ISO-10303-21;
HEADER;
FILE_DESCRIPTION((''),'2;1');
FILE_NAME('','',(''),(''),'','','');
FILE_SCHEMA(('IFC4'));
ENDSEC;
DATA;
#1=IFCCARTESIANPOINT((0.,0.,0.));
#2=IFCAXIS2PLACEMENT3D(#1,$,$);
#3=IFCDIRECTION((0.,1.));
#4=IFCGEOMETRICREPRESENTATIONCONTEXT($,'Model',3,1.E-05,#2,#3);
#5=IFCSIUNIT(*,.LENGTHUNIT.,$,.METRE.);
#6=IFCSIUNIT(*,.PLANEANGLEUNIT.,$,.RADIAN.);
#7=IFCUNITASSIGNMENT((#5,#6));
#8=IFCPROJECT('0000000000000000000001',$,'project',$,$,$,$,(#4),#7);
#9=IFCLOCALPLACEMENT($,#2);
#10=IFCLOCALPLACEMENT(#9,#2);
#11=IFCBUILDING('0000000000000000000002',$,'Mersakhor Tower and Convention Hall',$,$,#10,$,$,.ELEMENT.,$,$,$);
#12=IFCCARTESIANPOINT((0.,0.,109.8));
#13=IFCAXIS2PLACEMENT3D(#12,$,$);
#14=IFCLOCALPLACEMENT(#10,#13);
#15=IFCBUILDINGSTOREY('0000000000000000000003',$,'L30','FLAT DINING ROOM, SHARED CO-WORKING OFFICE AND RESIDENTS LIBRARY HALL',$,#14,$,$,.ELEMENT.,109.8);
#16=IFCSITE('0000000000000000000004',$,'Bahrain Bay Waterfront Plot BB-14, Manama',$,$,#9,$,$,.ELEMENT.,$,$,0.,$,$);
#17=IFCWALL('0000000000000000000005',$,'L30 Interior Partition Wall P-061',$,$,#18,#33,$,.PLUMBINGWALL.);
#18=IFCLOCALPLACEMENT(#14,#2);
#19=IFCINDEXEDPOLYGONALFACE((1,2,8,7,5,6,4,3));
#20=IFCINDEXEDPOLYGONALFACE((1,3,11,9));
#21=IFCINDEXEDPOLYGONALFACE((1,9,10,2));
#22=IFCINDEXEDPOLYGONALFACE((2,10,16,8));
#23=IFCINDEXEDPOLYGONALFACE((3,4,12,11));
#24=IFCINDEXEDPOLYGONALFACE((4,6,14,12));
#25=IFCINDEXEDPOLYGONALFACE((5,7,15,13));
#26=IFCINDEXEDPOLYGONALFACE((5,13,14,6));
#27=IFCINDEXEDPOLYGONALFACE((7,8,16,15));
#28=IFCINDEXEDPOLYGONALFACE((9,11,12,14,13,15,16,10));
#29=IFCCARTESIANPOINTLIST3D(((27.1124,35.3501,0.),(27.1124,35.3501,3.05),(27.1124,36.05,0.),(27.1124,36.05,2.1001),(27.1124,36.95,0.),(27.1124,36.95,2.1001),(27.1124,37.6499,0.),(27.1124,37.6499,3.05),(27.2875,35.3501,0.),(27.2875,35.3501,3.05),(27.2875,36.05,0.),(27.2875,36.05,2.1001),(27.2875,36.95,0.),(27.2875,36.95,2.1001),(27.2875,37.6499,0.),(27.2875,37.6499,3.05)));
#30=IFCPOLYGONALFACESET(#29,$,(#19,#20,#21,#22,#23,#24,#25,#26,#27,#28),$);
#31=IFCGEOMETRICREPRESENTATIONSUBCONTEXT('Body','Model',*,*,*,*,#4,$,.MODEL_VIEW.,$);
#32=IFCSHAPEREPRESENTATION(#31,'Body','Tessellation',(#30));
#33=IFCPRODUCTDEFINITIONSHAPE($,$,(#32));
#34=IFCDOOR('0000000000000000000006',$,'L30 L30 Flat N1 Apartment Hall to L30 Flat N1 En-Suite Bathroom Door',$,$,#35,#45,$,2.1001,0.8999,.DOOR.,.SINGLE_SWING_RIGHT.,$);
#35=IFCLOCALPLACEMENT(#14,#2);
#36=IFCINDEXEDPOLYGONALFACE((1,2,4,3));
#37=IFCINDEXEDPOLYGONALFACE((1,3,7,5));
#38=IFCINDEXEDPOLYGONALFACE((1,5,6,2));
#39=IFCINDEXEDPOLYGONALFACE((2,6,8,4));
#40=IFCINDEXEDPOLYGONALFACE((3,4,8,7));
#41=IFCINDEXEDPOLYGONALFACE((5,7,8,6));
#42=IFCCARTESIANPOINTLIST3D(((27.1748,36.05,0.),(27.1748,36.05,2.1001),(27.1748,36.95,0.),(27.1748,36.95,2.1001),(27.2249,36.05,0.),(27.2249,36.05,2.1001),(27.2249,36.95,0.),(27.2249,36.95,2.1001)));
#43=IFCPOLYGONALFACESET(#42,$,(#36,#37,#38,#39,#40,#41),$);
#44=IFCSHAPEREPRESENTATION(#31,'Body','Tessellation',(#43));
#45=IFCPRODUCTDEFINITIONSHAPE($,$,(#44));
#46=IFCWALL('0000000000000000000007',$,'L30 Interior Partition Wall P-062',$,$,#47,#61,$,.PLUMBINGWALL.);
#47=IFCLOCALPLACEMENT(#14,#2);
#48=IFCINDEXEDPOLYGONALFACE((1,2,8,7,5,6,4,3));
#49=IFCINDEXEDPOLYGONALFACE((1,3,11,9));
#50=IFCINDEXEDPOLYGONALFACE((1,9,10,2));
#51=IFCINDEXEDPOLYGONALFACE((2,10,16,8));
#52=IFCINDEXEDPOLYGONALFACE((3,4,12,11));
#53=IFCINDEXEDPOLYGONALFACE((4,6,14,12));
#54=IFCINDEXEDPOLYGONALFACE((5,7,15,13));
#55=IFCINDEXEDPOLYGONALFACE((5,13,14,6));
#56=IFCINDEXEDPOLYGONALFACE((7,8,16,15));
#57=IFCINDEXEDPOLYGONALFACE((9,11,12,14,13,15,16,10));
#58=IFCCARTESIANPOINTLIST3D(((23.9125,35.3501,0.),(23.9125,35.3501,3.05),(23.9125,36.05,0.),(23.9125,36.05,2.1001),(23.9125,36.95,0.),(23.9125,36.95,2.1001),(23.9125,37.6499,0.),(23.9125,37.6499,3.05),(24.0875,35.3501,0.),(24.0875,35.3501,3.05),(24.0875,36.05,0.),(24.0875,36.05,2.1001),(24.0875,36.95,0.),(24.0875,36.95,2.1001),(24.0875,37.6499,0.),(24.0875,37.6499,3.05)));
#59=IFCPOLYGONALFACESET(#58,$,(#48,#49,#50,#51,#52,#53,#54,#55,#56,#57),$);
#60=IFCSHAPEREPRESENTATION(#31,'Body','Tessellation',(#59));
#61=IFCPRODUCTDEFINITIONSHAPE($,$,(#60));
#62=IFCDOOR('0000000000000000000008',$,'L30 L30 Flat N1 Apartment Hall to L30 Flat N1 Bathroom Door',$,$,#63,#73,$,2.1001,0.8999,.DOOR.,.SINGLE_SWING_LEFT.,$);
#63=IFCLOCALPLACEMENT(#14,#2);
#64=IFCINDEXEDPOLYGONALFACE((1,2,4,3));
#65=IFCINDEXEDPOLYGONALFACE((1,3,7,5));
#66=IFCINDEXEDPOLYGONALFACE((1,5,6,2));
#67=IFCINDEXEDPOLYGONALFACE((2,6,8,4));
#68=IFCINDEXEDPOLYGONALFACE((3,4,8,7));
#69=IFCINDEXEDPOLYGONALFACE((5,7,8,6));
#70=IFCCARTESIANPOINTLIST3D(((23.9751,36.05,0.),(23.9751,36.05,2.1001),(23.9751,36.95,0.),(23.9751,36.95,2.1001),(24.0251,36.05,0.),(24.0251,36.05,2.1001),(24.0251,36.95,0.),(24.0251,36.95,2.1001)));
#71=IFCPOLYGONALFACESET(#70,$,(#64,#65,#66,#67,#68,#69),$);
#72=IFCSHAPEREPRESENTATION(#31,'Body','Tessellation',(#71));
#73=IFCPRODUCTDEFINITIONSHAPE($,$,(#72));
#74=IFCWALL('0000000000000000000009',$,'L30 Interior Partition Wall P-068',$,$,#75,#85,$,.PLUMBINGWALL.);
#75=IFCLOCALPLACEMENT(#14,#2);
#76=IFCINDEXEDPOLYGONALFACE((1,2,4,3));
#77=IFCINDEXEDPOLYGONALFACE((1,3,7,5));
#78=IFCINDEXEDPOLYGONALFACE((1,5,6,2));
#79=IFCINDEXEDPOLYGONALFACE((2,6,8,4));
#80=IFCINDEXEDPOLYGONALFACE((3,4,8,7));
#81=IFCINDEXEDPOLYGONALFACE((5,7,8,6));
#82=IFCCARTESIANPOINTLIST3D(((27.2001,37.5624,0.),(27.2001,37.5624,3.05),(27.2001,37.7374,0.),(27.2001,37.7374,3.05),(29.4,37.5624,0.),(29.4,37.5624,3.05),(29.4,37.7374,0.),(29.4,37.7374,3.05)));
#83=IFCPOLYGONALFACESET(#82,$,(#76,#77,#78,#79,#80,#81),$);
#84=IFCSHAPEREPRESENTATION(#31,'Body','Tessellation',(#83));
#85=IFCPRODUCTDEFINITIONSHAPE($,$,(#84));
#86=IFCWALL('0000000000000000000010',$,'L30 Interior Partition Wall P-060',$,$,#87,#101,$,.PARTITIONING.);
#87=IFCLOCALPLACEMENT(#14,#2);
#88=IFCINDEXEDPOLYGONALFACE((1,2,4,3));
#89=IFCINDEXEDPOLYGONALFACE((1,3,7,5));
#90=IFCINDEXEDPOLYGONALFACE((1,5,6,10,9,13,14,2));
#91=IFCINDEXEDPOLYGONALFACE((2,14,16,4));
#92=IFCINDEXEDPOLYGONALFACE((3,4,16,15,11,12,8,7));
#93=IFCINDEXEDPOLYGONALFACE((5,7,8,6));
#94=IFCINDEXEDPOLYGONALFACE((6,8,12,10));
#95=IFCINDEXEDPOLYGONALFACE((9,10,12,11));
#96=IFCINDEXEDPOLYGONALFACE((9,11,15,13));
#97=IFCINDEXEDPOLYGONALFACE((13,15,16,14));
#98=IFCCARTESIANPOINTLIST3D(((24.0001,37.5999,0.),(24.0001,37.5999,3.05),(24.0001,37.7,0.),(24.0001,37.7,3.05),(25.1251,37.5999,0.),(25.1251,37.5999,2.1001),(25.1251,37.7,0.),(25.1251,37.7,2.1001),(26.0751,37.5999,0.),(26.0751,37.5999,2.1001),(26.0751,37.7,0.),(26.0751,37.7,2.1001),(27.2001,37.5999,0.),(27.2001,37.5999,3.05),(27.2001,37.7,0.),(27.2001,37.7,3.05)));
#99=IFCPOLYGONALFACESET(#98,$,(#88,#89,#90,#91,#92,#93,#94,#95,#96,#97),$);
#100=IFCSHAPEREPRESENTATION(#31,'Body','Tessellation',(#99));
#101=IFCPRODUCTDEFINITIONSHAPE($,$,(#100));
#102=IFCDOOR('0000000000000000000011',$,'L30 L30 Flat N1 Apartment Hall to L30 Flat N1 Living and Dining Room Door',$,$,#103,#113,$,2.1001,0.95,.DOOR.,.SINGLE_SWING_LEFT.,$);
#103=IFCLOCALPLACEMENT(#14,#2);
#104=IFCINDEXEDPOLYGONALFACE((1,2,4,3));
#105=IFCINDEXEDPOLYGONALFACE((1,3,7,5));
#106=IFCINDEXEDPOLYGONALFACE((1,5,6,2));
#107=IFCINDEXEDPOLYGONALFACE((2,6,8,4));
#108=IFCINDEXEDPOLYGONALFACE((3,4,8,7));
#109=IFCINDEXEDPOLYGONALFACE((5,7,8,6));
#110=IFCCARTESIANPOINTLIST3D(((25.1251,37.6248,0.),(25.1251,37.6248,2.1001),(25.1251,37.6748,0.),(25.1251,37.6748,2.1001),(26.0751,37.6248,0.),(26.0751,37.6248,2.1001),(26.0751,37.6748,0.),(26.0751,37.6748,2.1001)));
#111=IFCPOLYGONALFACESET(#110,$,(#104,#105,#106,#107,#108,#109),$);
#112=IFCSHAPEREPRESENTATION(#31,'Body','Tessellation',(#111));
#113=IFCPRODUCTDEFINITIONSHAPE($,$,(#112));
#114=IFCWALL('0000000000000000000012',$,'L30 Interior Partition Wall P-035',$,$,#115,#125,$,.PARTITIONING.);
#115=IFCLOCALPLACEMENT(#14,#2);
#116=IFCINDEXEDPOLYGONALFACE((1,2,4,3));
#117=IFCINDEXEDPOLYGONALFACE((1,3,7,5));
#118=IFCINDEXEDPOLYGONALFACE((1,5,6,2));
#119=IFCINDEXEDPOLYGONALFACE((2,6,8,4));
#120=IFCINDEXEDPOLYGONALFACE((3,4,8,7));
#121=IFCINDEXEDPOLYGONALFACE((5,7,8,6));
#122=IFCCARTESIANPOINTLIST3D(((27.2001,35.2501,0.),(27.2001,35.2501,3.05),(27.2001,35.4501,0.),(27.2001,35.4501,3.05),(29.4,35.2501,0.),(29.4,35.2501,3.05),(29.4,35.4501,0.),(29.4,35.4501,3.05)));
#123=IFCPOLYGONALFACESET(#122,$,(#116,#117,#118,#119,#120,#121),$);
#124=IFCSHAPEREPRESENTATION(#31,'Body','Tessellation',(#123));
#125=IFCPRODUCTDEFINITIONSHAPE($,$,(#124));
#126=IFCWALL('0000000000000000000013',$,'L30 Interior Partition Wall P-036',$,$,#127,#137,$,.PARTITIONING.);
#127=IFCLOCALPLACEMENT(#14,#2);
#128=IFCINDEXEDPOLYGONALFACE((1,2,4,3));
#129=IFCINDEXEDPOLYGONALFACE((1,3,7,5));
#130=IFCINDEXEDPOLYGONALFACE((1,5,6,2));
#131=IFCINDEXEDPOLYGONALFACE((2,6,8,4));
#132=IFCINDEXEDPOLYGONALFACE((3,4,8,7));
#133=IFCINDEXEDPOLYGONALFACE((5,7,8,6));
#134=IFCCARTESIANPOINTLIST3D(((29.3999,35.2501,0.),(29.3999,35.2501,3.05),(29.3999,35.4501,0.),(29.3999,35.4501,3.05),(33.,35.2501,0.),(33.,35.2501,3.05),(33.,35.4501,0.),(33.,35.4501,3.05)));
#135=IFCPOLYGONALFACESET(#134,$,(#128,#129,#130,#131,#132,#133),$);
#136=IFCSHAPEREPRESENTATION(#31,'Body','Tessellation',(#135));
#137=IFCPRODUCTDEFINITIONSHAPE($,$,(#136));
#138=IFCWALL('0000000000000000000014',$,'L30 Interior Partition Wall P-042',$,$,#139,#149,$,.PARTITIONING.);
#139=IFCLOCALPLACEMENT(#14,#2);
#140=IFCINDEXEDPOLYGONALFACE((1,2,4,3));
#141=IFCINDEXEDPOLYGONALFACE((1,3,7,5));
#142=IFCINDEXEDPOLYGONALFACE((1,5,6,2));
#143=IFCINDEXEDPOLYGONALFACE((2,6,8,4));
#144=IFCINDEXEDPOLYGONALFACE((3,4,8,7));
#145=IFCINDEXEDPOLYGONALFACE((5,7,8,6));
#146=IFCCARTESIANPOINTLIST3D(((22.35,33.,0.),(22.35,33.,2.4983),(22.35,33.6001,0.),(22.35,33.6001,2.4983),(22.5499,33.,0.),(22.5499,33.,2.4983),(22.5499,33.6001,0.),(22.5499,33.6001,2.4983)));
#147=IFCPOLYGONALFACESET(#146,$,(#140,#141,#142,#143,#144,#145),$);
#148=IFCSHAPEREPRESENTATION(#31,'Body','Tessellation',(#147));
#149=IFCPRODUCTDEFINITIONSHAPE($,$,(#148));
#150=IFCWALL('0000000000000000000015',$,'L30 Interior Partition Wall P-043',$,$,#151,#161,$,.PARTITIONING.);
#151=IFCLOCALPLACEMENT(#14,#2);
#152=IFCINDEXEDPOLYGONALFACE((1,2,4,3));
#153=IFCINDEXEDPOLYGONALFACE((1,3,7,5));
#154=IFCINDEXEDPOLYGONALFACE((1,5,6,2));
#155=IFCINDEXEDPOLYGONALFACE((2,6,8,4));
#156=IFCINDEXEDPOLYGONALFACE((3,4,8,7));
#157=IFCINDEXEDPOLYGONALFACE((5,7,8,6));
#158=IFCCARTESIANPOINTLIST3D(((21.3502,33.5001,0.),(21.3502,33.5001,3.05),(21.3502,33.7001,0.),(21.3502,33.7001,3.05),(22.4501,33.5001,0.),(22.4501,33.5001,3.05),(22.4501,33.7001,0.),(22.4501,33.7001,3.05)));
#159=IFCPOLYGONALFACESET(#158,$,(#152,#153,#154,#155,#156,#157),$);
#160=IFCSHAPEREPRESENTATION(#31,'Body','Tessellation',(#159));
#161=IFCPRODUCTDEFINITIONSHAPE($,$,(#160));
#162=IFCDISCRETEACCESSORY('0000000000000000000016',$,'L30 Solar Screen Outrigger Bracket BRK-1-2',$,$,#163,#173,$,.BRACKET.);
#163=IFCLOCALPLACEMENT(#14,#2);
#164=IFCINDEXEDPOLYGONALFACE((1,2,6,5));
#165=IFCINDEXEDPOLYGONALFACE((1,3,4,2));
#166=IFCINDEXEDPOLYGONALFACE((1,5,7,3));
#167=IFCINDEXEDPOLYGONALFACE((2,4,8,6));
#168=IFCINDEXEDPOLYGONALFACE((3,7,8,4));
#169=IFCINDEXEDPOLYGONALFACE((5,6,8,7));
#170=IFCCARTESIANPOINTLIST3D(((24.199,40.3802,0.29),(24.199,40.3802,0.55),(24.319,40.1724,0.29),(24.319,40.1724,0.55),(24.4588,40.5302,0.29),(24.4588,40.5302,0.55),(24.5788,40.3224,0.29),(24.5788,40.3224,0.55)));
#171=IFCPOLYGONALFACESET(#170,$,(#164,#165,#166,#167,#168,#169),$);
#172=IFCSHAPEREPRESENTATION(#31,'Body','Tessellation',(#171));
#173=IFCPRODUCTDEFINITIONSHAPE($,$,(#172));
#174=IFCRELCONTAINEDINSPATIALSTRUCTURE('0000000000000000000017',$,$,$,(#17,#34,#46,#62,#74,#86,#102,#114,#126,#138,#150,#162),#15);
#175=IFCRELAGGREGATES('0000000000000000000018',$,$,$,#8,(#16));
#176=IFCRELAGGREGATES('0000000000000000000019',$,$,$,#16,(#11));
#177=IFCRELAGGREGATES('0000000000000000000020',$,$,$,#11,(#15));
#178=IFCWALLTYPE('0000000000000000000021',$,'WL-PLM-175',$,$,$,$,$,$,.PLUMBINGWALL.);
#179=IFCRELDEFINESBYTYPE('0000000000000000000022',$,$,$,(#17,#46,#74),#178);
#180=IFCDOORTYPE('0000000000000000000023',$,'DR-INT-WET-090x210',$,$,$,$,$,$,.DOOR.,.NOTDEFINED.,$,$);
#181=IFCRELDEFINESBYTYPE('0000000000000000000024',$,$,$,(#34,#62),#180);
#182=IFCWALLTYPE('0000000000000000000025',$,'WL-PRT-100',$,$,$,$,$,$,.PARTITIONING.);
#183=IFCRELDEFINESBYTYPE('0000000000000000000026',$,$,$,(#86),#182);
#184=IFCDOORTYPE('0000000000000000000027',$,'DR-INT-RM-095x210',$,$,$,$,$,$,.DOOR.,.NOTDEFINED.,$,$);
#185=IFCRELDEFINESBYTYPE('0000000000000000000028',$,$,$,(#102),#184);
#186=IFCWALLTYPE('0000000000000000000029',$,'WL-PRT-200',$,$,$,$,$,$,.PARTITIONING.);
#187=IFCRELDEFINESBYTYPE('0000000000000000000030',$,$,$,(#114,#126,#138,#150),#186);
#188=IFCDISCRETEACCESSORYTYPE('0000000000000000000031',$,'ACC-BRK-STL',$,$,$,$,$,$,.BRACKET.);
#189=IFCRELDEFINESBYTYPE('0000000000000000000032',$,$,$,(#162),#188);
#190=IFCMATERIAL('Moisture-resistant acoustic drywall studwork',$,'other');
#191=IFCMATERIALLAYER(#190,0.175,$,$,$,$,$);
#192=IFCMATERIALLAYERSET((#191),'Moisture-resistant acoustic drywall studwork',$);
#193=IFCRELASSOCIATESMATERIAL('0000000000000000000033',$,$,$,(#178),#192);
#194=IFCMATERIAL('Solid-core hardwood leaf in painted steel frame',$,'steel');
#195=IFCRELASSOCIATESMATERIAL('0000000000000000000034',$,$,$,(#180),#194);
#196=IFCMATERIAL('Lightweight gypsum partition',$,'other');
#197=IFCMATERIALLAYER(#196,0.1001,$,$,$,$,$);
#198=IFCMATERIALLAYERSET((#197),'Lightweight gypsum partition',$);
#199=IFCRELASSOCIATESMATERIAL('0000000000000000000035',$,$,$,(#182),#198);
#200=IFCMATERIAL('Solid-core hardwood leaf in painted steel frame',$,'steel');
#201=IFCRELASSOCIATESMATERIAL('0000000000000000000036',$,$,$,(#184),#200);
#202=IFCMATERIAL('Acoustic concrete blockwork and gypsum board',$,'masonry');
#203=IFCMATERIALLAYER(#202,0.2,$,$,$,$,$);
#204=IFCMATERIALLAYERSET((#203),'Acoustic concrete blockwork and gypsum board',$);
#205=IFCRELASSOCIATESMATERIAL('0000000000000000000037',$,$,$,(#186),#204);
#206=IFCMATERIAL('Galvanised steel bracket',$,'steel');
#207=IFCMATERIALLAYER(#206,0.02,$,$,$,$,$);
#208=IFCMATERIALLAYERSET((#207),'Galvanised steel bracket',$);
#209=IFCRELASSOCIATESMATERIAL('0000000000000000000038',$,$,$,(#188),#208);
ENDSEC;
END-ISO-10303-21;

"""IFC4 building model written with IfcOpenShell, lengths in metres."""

from ifc_helpers import new_model, si_unit, direction, frame, frame_2d, origin, origin_2d, place, context, subcontext, project, spatial, rectangle, extrude, material, layer, layer_set, type_object, element, fill, save


model = new_model("IFC4")

# Units and contexts
model_context = context("Model", 3, precision=1e-05, world=origin(), true_north=direction((0.0, 1.0)))
body_context = subcontext(model_context, "Body", "Model", "MODEL_VIEW")
ifc_project = project(units=[si_unit("LENGTHUNIT", "METRE"), si_unit("PLANEANGLEUNIT", "RADIAN")], contexts=[model_context])

# Site, building, storey
site_placement = place(None, origin())
site = spatial("IfcSite", under=ifc_project, at=site_placement, Name="Bahrain Bay Waterfront Plot BB-14, Manama", CompositionType="ELEMENT", RefElevation=0.0)
building_placement = place(site_placement, origin())
building = spatial("IfcBuilding", under=site, at=building_placement, Name="Mersakhor Tower and Convention Hall", CompositionType="ELEMENT")
storey_placement = place(building_placement, frame((0.0, 0.0, 109.8)))
storey = spatial("IfcBuildingStorey", under=building, at=storey_placement, Name="L30", Description="FLAT DINING ROOM, SHARED CO-WORKING OFFICE AND RESIDENTS LIBRARY HALL", CompositionType="ELEMENT", Elevation=109.8)

# Walls, openings, doors
ifc_material_1 = material(Name="Moisture-resistant acoustic drywall studwork", Category="other")
ifc_layer_1 = layer(ifc_material_1, 0.175)
ifc_layer_set_1 = layer_set([ifc_layer_1], Name="Moisture-resistant acoustic drywall studwork")
wall_type_1 = type_object("IfcWallType", Name="WL-PLM-175", PredefinedType="PLUMBINGWALL", material=ifc_layer_set_1)
wall_1_placement = place(storey_placement, frame((27.2, 37.6499, 0.0), z_axis=(0.0, 0.0, 1.0), x_axis=(0.0, -1.0, 0.0)))
wall_1 = element("IfcWall", 1, at=wall_1_placement, inside=storey, type_object=wall_type_1, Name="L30 Interior Partition Wall P-061", PredefinedType="PLUMBINGWALL", context=body_context, shape_type="SweptSolid", body=[
    extrude(rectangle(XDim=2.2998, YDim=0.175, at=frame_2d((1.1499, 0.0))), origin(), (0.0, 0.0, 1.0), 3.05),
])
opening_1_placement = place(wall_1_placement, frame((0.7, 0.0, 0.0)))
opening_1 = element("IfcOpeningElement", 2, at=opening_1_placement, cuts=wall_1, PredefinedType="OPENING", context=body_context, shape_type="SweptSolid", body=[
    extrude(rectangle(XDim=0.8999, YDim=2.1001, at=frame_2d((0.45, 1.05))), frame((0.0, 0.0974, 0.0), z_axis=(0.0, -1.0, 0.0), x_axis=(1.0, 0.0, 0.0)), (0.0, 0.0, 1.0), 0.1951),
])
ifc_material_2 = material(Name="Solid-core hardwood leaf in painted steel frame", Category="steel")
door_type_1 = type_object("IfcDoorType", Name="DR-INT-WET-090x210", OperationType="NOTDEFINED", PredefinedType="DOOR", material=ifc_material_2)
door_1_placement = place(opening_1_placement, origin())
door_1 = element("IfcDoor", 3, at=door_1_placement, inside=storey, type_object=door_type_1, Name="L30 L30 Flat N1 Apartment Hall to L30 Flat N1 En-Suite Bathroom Door", OperationType="SINGLE_SWING_RIGHT", OverallHeight=2.1001, OverallWidth=0.8999, PredefinedType="DOOR", context=body_context, shape_type="SweptSolid", body=[
    extrude(rectangle(XDim=0.8999, YDim=2.1001, at=frame_2d((0.45, 1.05))), frame((0.0, 0.0249, 0.0), z_axis=(0.0, -1.0, 0.0), x_axis=(1.0, 0.0, 0.0)), (0.0, 0.0, 1.0), 0.05),
])
fill(opening_1, door_1)
wall_2_placement = place(storey_placement, frame((24.0, 35.3501, 0.0), z_axis=(0.0, 0.0, 1.0), x_axis=(0.0, 1.0, 0.0)))
wall_2 = element("IfcWall", 4, at=wall_2_placement, inside=storey, type_object=wall_type_1, Name="L30 Interior Partition Wall P-062", PredefinedType="PLUMBINGWALL", context=body_context, shape_type="SweptSolid", body=[
    extrude(rectangle(XDim=2.2998, YDim=0.175, at=frame_2d((1.1499, 0.0))), origin(), (0.0, 0.0, 1.0), 3.05),
])
opening_2_placement = place(wall_2_placement, frame((0.7, 0.0, 0.0)))
opening_2 = element("IfcOpeningElement", 5, at=opening_2_placement, cuts=wall_2, PredefinedType="OPENING", context=body_context, shape_type="SweptSolid", body=[
    extrude(rectangle(XDim=0.8999, YDim=2.1001, at=frame_2d((0.45, 1.05))), frame((0.0, 0.0974, 0.0), z_axis=(0.0, -1.0, 0.0), x_axis=(1.0, 0.0, 0.0)), (0.0, 0.0, 1.0), 0.1951),
])
door_2_placement = place(opening_2_placement, origin())
door_2 = element("IfcDoor", 6, at=door_2_placement, inside=storey, type_object=door_type_1, Name="L30 L30 Flat N1 Apartment Hall to L30 Flat N1 Bathroom Door", OperationType="SINGLE_SWING_LEFT", OverallHeight=2.1001, OverallWidth=0.8999, PredefinedType="DOOR", context=body_context, shape_type="SweptSolid", body=[
    extrude(rectangle(XDim=0.8999, YDim=2.1001, at=frame_2d((0.45, 1.05))), frame((0.0, 0.0249, 0.0), z_axis=(0.0, -1.0, 0.0), x_axis=(1.0, 0.0, 0.0)), (0.0, 0.0, 1.0), 0.05),
])
fill(opening_2, door_2)

# Wall
wall_3_placement = place(storey_placement, frame((27.2, 37.6499, 0.0), z_axis=(0.0, 0.0, 1.0), x_axis=(1.0, 0.0, 0.0)))
element("IfcWall", 7, at=wall_3_placement, inside=storey, type_object=wall_type_1, Name="L30 Interior Partition Wall P-068", PredefinedType="PLUMBINGWALL", context=body_context, shape_type="SweptSolid", body=[
    extrude(rectangle(XDim=2.2, YDim=0.175, at=frame_2d((1.1001, 0.0))), origin(), (0.0, 0.0, 1.0), 3.05),
])

# Wall, opening, door
ifc_material_3 = material(Name="Lightweight gypsum partition", Category="other")
ifc_layer_2 = layer(ifc_material_3, 0.1001)
ifc_layer_set_2 = layer_set([ifc_layer_2], Name="Lightweight gypsum partition")
wall_type_2 = type_object("IfcWallType", Name="WL-PRT-100", PredefinedType="PARTITIONING", material=ifc_layer_set_2)
wall_4_placement = place(storey_placement, frame((24.0, 37.6499, 0.0), z_axis=(0.0, 0.0, 1.0), x_axis=(1.0, 0.0, 0.0)))
wall_4 = element("IfcWall", 8, at=wall_4_placement, inside=storey, type_object=wall_type_2, Name="L30 Interior Partition Wall P-060", PredefinedType="PARTITIONING", context=body_context, shape_type="SweptSolid", body=[
    extrude(rectangle(XDim=3.2, YDim=0.1001, at=frame_2d((1.6001, 0.0))), origin(), (0.0, 0.0, 1.0), 3.05),
])
opening_3_placement = place(wall_4_placement, frame((1.125, 0.0, 0.0)))
opening_3 = element("IfcOpeningElement", 9, at=opening_3_placement, cuts=wall_4, PredefinedType="OPENING", context=body_context, shape_type="SweptSolid", body=[
    extrude(rectangle(XDim=0.95, YDim=2.1001, at=frame_2d((0.4751, 1.05))), frame((0.0, 0.0601, 0.0), z_axis=(0.0, -1.0, 0.0), x_axis=(1.0, 0.0, 0.0)), (0.0, 0.0, 1.0), 0.1201),
])
ifc_material_4 = material(Name="Solid-core hardwood leaf in painted steel frame", Category="steel")
door_type_2 = type_object("IfcDoorType", Name="DR-INT-RM-095x210", OperationType="NOTDEFINED", PredefinedType="DOOR", material=ifc_material_4)
door_3_placement = place(opening_3_placement, origin())
door_3 = element("IfcDoor", 10, at=door_3_placement, inside=storey, type_object=door_type_2, Name="L30 L30 Flat N1 Apartment Hall to L30 Flat N1 Living and Dining Room Door", OperationType="SINGLE_SWING_LEFT", OverallHeight=2.1001, OverallWidth=0.95, PredefinedType="DOOR", context=body_context, shape_type="SweptSolid", body=[
    extrude(rectangle(XDim=0.95, YDim=2.1001, at=frame_2d((0.4751, 1.05))), frame((0.0, 0.0249, 0.0), z_axis=(0.0, -1.0, 0.0), x_axis=(1.0, 0.0, 0.0)), (0.0, 0.0, 1.0), 0.05),
])
fill(opening_3, door_3)
ifc_material_5 = material(Name="Acoustic concrete blockwork and gypsum board", Category="masonry")
ifc_layer_3 = layer(ifc_material_5, 0.2)
ifc_layer_set_3 = layer_set([ifc_layer_3], Name="Acoustic concrete blockwork and gypsum board")
wall_type_3 = type_object("IfcWallType", Name="WL-PRT-200", PredefinedType="PARTITIONING", material=ifc_layer_set_3)

# Walls
wall_5_placement = place(storey_placement, frame((27.2, 35.3501, 0.0), z_axis=(0.0, 0.0, 1.0), x_axis=(1.0, 0.0, 0.0)))
element("IfcWall", 11, at=wall_5_placement, inside=storey, type_object=wall_type_3, Name="L30 Interior Partition Wall P-035", PredefinedType="PARTITIONING", context=body_context, shape_type="SweptSolid", body=[
    extrude(rectangle(XDim=2.2, YDim=0.2, at=frame_2d((1.1001, 0.0))), origin(), (0.0, 0.0, 1.0), 3.05),
])
wall_6_placement = place(storey_placement, frame((29.3999, 35.3501, 0.0), z_axis=(0.0, 0.0, 1.0), x_axis=(1.0, 0.0, 0.0)))
element("IfcWall", 12, at=wall_6_placement, inside=storey, type_object=wall_type_3, Name="L30 Interior Partition Wall P-036", PredefinedType="PARTITIONING", context=body_context, shape_type="SweptSolid", body=[
    extrude(rectangle(XDim=3.6001, YDim=0.2, at=frame_2d((1.8, 0.0))), origin(), (0.0, 0.0, 1.0), 3.05),
])
wall_7_placement = place(storey_placement, frame((22.45, 33.0, 0.0), z_axis=(0.0, 0.0, 1.0), x_axis=(0.0, 1.0, 0.0)))
element("IfcWall", 13, at=wall_7_placement, inside=storey, type_object=wall_type_3, Name="L30 Interior Partition Wall P-042", PredefinedType="PARTITIONING", context=body_context, shape_type="SweptSolid", body=[
    extrude(rectangle(XDim=0.6001, YDim=0.2, at=frame_2d((0.3, 0.0))), origin(), (0.0, 0.0, 1.0), 2.4983),
])
wall_8_placement = place(storey_placement, frame((22.45, 33.6001, 0.0), z_axis=(0.0, 0.0, 1.0), x_axis=(-1.0, 0.0, 0.0)))
element("IfcWall", 14, at=wall_8_placement, inside=storey, type_object=wall_type_3, Name="L30 Interior Partition Wall P-043", PredefinedType="PARTITIONING", context=body_context, shape_type="SweptSolid", body=[
    extrude(rectangle(XDim=1.0999, YDim=0.2, at=frame_2d((0.5498, 0.0))), origin(), (0.0, 0.0, 1.0), 3.05),
])

# Discrete accessory
ifc_material_6 = material(Name="Galvanised steel bracket", Category="steel")
ifc_layer_4 = layer(ifc_material_6, 0.02)
ifc_layer_set_4 = layer_set([ifc_layer_4], Name="Galvanised steel bracket")
discrete_accessory_type = type_object("IfcDiscreteAccessoryType", Name="ACC-BRK-STL", PredefinedType="BRACKET", material=ifc_layer_set_4)
discrete_accessory_1_placement = place(storey_placement, frame((24.3889, 40.3513, 0.29), z_axis=(0.0, 0.0, 1.0), x_axis=(0.866025, 0.5, 0.0)))
element("IfcDiscreteAccessory", 15, at=discrete_accessory_1_placement, inside=storey, type_object=discrete_accessory_type, Name="L30 Solar Screen Outrigger Bracket BRK-1-2", PredefinedType="BRACKET", context=body_context, shape_type="SweptSolid", body=[
    extrude(rectangle(XDim=0.3, YDim=0.24, at=origin_2d()), origin(), (0.0, 0.0, 1.0), 0.26),
])

save(model, "model.ifc")
